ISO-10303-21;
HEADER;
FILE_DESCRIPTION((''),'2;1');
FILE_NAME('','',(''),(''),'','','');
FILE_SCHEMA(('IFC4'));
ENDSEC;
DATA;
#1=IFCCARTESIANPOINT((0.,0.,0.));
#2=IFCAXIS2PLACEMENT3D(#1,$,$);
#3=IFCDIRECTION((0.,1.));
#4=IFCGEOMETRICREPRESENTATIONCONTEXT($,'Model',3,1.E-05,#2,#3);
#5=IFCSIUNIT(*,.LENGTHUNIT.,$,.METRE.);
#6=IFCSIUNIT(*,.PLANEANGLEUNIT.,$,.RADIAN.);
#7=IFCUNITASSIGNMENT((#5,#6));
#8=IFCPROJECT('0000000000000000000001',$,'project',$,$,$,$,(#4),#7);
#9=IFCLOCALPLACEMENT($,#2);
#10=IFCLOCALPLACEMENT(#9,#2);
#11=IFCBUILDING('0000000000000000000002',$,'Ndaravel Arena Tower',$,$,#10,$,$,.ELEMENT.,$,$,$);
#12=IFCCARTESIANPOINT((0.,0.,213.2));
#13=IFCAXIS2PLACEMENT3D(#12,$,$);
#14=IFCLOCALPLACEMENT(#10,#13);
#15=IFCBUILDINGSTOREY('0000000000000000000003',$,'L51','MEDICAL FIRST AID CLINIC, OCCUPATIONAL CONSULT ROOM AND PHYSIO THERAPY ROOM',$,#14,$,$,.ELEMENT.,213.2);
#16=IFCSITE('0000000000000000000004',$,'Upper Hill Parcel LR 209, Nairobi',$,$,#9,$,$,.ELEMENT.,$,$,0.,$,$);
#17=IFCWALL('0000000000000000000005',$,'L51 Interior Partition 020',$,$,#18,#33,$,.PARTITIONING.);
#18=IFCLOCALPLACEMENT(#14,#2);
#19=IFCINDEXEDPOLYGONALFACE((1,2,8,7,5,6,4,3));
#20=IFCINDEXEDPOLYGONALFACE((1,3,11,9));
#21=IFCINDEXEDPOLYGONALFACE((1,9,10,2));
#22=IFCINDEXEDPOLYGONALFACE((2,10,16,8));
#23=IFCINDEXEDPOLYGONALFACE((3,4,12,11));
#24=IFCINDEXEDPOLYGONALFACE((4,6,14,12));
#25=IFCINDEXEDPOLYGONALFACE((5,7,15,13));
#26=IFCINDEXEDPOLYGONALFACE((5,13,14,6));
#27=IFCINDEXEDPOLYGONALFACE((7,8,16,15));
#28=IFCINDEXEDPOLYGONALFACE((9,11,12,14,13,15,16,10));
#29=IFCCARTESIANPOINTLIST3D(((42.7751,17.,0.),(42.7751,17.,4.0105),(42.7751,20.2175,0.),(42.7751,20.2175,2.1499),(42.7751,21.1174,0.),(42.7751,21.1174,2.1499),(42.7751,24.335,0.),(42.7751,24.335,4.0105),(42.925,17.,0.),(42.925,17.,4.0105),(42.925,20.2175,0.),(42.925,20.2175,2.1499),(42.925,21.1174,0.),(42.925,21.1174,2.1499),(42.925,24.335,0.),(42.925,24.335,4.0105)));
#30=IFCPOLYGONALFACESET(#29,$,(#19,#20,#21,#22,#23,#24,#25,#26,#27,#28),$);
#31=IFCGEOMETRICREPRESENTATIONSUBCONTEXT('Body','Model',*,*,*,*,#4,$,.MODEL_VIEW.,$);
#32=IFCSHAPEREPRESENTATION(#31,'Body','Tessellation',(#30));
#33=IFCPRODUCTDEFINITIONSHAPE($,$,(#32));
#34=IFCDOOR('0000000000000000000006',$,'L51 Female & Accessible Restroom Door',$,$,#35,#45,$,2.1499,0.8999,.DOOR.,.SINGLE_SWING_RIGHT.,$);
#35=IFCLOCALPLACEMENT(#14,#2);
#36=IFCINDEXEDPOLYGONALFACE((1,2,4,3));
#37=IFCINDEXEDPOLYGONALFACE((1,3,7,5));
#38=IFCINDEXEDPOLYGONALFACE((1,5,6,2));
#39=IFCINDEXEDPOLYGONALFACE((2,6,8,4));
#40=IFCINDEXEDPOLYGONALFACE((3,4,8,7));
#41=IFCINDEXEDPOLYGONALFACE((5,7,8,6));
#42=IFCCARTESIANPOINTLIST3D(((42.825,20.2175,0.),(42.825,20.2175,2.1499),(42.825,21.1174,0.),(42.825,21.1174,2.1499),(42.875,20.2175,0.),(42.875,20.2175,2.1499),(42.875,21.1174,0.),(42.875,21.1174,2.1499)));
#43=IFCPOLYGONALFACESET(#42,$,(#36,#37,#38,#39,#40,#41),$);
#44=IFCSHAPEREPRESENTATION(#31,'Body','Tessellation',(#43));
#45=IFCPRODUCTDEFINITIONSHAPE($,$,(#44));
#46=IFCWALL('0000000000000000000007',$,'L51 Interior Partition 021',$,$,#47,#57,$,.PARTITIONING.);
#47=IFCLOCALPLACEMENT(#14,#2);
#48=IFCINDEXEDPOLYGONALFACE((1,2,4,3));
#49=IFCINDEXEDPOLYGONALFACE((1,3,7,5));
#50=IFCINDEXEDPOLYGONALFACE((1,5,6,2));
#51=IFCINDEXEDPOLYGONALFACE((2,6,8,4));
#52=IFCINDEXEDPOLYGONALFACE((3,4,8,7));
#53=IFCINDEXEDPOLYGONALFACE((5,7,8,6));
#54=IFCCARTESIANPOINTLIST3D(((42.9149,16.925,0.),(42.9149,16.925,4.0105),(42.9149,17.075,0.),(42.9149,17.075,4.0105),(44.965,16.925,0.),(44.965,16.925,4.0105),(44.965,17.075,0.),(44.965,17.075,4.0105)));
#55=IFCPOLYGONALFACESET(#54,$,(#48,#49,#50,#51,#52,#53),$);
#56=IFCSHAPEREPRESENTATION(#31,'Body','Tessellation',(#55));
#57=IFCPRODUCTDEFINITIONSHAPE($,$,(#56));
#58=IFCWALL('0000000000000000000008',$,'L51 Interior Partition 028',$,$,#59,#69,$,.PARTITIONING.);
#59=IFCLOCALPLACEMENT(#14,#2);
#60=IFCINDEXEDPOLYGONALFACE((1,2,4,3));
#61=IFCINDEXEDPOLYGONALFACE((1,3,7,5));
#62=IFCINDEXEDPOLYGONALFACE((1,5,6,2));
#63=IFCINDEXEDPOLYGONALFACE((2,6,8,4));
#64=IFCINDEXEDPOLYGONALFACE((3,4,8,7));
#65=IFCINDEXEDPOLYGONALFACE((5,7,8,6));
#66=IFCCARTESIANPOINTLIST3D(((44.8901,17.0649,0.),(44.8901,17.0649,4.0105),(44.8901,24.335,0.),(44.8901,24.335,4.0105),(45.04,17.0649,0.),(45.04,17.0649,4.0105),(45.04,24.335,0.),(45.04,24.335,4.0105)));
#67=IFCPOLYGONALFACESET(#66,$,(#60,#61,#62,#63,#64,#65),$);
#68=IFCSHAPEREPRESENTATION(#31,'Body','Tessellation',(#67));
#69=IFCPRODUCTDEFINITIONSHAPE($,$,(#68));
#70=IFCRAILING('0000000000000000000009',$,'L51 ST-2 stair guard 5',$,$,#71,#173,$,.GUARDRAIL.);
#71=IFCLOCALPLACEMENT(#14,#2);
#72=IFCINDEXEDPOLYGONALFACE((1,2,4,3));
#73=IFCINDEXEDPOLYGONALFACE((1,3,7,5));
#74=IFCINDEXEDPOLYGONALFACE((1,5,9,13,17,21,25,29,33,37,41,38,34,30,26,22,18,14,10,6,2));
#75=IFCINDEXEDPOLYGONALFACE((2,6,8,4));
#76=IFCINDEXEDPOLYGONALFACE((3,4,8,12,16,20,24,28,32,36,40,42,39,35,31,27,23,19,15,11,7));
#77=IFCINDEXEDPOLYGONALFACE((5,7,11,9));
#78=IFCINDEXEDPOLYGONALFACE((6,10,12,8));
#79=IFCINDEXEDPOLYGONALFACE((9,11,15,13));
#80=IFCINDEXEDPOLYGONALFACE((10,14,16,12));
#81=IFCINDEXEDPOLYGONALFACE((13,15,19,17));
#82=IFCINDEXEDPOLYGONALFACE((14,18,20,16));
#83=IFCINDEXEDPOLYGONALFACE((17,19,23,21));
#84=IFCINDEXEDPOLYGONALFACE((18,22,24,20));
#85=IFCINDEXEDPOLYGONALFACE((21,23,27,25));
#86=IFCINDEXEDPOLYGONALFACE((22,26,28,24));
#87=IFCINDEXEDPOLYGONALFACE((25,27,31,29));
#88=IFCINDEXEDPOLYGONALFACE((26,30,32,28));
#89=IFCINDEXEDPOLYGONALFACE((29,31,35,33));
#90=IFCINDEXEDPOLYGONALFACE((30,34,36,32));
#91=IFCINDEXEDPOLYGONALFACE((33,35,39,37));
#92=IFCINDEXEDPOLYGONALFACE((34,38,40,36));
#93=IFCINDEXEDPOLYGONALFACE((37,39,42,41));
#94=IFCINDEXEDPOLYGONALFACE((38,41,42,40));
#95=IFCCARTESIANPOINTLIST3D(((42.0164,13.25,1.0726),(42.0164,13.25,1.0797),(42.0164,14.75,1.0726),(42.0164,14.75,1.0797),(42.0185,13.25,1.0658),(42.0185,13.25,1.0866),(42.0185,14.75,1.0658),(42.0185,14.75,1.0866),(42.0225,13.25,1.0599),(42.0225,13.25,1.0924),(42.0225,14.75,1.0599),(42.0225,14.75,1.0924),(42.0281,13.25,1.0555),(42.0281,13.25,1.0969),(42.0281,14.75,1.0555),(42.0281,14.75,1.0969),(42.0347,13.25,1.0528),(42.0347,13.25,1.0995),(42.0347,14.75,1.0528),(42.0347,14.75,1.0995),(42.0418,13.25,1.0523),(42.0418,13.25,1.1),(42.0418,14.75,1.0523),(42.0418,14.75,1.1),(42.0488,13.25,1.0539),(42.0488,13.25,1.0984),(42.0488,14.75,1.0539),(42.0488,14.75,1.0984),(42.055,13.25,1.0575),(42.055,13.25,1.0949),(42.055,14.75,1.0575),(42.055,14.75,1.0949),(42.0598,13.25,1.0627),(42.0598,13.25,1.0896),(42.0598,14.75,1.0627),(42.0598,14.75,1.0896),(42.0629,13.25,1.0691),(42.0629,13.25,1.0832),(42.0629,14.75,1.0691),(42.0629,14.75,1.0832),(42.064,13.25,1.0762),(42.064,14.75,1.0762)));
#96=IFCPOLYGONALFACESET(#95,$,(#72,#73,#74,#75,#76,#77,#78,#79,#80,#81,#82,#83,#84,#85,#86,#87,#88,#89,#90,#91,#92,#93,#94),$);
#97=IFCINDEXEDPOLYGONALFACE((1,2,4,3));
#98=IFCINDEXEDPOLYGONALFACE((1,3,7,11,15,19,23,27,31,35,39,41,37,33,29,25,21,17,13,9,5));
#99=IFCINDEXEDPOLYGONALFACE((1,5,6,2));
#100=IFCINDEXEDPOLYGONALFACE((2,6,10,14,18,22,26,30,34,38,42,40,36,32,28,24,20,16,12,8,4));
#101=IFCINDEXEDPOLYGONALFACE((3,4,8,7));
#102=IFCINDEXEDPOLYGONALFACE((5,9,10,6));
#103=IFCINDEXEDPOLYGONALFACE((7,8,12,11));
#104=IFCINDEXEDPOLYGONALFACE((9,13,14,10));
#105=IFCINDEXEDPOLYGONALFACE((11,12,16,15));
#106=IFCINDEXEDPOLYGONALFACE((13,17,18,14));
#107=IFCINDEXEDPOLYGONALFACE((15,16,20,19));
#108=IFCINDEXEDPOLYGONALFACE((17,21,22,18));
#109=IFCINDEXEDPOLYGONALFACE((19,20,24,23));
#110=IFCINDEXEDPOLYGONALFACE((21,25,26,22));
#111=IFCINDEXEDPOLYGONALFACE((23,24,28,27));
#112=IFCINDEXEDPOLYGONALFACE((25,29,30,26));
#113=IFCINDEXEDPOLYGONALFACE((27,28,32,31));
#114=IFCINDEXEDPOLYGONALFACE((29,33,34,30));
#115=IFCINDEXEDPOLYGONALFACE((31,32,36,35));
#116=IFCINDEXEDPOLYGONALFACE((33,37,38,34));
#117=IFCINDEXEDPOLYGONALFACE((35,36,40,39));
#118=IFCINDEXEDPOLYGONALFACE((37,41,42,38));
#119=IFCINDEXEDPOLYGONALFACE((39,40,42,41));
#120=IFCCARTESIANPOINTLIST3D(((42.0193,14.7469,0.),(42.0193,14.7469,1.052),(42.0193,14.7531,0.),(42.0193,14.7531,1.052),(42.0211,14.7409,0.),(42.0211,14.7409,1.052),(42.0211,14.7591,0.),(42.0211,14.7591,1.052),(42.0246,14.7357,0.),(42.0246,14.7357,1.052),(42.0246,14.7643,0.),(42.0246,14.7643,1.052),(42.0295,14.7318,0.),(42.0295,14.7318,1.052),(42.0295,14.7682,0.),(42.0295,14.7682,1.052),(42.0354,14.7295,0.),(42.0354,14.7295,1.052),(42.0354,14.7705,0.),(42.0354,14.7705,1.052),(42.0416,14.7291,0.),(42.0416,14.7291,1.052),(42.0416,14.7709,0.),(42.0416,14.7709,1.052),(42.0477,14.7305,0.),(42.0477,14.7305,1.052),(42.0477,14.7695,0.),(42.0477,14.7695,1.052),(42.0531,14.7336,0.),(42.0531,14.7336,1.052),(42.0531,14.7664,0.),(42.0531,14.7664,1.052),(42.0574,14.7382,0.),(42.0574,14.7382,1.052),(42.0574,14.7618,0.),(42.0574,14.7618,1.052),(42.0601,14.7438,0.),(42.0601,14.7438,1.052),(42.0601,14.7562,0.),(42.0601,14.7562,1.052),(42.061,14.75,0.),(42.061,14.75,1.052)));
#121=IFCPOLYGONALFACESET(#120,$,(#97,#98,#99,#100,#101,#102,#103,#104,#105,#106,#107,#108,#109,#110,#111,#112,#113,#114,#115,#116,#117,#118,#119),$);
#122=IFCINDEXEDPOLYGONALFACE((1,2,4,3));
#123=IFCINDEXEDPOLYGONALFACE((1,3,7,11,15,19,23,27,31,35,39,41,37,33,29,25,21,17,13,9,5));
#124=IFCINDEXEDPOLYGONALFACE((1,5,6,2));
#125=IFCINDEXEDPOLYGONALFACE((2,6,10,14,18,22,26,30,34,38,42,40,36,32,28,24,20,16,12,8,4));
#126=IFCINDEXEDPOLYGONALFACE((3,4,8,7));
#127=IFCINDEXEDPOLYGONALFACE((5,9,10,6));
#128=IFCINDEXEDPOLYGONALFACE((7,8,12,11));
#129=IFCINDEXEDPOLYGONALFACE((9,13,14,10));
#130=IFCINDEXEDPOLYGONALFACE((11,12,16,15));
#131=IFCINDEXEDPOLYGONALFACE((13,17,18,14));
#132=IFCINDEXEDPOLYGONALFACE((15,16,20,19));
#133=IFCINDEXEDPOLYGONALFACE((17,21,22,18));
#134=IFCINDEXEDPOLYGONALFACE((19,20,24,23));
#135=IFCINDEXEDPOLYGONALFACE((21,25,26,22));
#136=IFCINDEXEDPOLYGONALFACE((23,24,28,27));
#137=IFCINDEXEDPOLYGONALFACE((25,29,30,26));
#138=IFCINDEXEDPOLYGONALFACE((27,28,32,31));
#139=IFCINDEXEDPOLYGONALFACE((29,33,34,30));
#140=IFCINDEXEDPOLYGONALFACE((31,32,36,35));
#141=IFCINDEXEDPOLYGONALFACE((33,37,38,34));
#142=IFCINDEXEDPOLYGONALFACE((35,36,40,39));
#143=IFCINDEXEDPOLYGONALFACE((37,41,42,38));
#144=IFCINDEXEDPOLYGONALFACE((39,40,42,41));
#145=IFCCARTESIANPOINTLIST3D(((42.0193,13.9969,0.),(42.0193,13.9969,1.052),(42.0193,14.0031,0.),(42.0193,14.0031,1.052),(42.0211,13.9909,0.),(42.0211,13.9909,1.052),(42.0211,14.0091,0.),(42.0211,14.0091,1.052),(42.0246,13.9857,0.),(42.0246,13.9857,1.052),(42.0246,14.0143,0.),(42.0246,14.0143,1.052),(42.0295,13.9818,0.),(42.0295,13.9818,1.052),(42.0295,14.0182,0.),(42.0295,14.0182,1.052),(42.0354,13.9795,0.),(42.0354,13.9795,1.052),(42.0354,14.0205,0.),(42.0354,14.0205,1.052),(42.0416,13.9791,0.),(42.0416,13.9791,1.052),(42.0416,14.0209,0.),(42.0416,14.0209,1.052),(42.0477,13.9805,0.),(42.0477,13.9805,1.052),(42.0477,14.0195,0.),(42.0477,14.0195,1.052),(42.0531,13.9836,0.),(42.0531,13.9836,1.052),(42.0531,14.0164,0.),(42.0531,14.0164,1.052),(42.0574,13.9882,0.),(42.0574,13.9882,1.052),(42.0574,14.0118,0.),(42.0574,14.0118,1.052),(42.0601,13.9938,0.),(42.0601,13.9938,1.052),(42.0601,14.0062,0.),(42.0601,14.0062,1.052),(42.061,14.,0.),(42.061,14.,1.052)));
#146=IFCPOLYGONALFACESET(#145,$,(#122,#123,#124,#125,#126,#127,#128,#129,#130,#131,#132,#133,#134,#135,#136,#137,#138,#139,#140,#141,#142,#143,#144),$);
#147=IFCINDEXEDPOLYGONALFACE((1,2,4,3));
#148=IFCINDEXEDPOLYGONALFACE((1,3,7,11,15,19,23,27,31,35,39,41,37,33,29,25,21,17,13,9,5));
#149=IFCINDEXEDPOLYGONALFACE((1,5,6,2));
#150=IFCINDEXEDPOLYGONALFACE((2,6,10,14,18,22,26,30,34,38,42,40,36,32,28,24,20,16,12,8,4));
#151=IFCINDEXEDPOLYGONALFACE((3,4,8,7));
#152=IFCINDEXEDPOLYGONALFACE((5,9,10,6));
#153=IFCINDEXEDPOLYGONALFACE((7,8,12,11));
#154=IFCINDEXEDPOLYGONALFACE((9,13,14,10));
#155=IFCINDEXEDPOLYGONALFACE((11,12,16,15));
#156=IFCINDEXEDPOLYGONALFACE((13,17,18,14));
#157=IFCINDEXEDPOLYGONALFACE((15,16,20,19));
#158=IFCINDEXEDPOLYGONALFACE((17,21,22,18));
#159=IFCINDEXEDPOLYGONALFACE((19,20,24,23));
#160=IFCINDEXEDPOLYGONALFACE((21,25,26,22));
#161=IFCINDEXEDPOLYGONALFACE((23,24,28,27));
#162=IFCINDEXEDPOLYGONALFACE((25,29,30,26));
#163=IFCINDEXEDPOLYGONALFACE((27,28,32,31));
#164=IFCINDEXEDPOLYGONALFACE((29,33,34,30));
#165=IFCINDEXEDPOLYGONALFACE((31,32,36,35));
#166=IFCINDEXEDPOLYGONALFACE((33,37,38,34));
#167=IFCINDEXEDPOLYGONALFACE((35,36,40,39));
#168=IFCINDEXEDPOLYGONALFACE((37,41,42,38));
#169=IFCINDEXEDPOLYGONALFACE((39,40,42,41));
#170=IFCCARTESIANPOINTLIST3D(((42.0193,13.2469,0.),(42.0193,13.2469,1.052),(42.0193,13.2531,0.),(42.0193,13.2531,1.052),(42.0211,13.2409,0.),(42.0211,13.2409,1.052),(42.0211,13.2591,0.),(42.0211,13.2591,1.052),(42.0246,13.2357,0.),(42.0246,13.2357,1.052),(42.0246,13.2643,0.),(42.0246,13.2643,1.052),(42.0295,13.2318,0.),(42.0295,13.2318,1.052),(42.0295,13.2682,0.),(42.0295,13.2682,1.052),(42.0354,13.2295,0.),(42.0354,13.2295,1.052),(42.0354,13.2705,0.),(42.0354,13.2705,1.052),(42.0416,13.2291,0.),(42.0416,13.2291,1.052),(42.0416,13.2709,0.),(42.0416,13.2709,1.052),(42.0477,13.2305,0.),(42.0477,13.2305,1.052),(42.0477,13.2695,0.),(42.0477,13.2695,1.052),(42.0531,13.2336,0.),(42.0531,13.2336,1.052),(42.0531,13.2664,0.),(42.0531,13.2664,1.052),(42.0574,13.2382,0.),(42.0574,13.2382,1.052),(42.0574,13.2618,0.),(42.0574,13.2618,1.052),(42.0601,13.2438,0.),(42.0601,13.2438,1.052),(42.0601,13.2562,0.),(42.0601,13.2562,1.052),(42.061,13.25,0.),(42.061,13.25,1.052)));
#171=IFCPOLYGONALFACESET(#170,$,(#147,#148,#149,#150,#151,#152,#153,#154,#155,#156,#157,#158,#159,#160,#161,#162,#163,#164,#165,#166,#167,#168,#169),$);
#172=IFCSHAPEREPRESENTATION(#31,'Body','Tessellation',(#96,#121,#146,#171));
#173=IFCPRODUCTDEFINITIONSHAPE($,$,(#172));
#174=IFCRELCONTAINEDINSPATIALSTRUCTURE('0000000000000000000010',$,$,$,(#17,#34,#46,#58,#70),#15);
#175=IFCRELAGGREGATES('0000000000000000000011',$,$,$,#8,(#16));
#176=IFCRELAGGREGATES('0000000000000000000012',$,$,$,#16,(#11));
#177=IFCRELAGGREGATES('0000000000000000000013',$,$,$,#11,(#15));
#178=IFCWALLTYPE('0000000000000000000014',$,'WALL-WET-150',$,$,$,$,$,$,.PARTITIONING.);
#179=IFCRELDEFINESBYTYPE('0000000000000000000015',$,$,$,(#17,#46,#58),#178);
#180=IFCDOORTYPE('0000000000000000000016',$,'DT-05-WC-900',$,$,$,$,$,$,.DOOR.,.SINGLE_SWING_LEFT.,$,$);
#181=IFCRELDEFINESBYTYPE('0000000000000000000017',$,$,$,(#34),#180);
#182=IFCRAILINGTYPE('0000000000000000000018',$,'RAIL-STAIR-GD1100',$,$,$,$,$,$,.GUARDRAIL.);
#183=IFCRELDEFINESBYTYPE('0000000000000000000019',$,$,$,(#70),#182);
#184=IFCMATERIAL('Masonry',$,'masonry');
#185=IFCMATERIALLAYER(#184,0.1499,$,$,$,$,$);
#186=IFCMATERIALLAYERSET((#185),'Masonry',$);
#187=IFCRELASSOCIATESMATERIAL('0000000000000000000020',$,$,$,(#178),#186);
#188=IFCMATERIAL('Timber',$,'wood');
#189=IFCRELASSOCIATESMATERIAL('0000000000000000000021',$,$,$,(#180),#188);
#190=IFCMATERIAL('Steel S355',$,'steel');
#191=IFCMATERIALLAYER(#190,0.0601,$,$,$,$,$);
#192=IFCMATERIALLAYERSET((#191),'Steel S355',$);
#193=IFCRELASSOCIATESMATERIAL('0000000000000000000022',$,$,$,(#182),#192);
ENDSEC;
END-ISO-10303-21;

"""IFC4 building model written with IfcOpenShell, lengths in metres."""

from ifc_helpers import new_model, si_unit, direction, frame, frame_2d, origin, origin_2d, place, context, subcontext, project, spatial, rectangle, circle, extrude, material, layer, layer_set, type_object, element, fill, save


model = new_model("IFC4")

# Units and contexts
model_context = context("Model", 3, precision=1e-05, world=origin(), true_north=direction((0.0, 1.0)))
body_context = subcontext(model_context, "Body", "Model", "MODEL_VIEW")
ifc_project = project(units=[si_unit("LENGTHUNIT", "METRE"), si_unit("PLANEANGLEUNIT", "RADIAN")], contexts=[model_context])

# Site, building, storey
site_placement = place(None, origin())
site = spatial("IfcSite", under=ifc_project, at=site_placement, Name="Upper Hill Parcel LR 209, Nairobi", CompositionType="ELEMENT", RefElevation=0.0)
building_placement = place(site_placement, origin())
building = spatial("IfcBuilding", under=site, at=building_placement, Name="Ndaravel Arena Tower", CompositionType="ELEMENT")
storey_placement = place(building_placement, frame((0.0, 0.0, 213.2)))
storey = spatial("IfcBuildingStorey", under=building, at=storey_placement, Name="L51", Description="MEDICAL FIRST AID CLINIC, OCCUPATIONAL CONSULT ROOM AND PHYSIO THERAPY ROOM", CompositionType="ELEMENT", Elevation=213.2)

# Shared definitions
ifc_material_1 = material(Name="Masonry", Category="masonry")
ifc_layer_1 = layer(ifc_material_1, 0.1499)
ifc_layer_set_1 = layer_set([ifc_layer_1], Name="Masonry")
wall_type_1 = type_object("IfcWallType", Name="WALL-WET-150", PredefinedType="PARTITIONING", material=ifc_layer_set_1)

# Wall, opening, door
wall_1_placement = place(storey_placement, frame((42.8501, 24.335, 0.0), z_axis=(0.0, 0.0, 1.0), x_axis=(0.0, -1.0, 0.0)))
wall_1 = element("IfcWall", 1, at=wall_1_placement, inside=storey, type_object=wall_type_1, Name="L51 Interior Partition 020", PredefinedType="PARTITIONING", context=body_context, shape_type="SweptSolid", body=[
    extrude(rectangle(XDim=7.335, YDim=0.1499, at=frame_2d((3.6675, 0.0))), origin(), (0.0, 0.0, 1.0), 4.0105),
])
opening_1_placement = place(wall_1_placement, frame((3.2175, 0.0, 0.0)))
opening_1 = element("IfcOpeningElement", 2, at=opening_1_placement, cuts=wall_1, PredefinedType="OPENING", context=body_context, shape_type="SweptSolid", body=[
    extrude(rectangle(XDim=0.8999, YDim=2.1499, at=frame_2d((0.45, 1.075))), frame((0.0, 0.075, 0.0), z_axis=(0.0, -1.0, 0.0), x_axis=(1.0, 0.0, 0.0)), (0.0, 0.0, 1.0), 0.1499),
])
ifc_material_2 = material(Name="Timber", Category="wood")
door_type_1 = type_object("IfcDoorType", Name="DT-05-WC-900", OperationType="SINGLE_SWING_LEFT", PredefinedType="DOOR", material=ifc_material_2)
door_1_placement = place(opening_1_placement, origin())
door_1 = element("IfcDoor", 3, at=door_1_placement, inside=storey, type_object=door_type_1, Name="L51 Female & Accessible Restroom Door", OperationType="SINGLE_SWING_RIGHT", OverallHeight=2.1499, OverallWidth=0.8999, PredefinedType="DOOR", context=body_context, shape_type="SweptSolid", body=[
    extrude(rectangle(XDim=0.8999, YDim=2.1499, at=frame_2d((0.45, 1.075))), frame((0.0, 0.0249, 0.0), z_axis=(0.0, -1.0, 0.0), x_axis=(1.0, 0.0, 0.0)), (0.0, 0.0, 1.0), 0.05),
])
fill(opening_1, door_1)

# Walls
wall_2_placement = place(storey_placement, frame((42.915, 17.0, 0.0), z_axis=(0.0, 0.0, 1.0), x_axis=(1.0, 0.0, 0.0)))
element("IfcWall", 4, at=wall_2_placement, inside=storey, type_object=wall_type_1, Name="L51 Interior Partition 021", PredefinedType="PARTITIONING", context=body_context, shape_type="SweptSolid", body=[
    extrude(rectangle(XDim=2.05, YDim=0.1499, at=frame_2d((1.0249, 0.0))), origin(), (0.0, 0.0, 1.0), 4.0105),
])
wall_3_placement = place(storey_placement, frame((44.9651, 24.335, 0.0), z_axis=(0.0, 0.0, 1.0), x_axis=(0.0, -1.0, 0.0)))
element("IfcWall", 5, at=wall_3_placement, inside=storey, type_object=wall_type_1, Name="L51 Interior Partition 028", PredefinedType="PARTITIONING", context=body_context, shape_type="SweptSolid", body=[
    extrude(rectangle(XDim=7.27, YDim=0.1499, at=frame_2d((3.635, 0.0))), origin(), (0.0, 0.0, 1.0), 4.0105),
])

# Railing
ifc_material_3 = material(Name="Steel S355", Category="steel")
ifc_layer_2 = layer(ifc_material_3, 0.0601)
ifc_layer_set_2 = layer_set([ifc_layer_2], Name="Steel S355")
railing_type = type_object("IfcRailingType", Name="RAIL-STAIR-GD1100", PredefinedType="GUARDRAIL", material=ifc_layer_set_2)
railing_1_placement = place(storey_placement, frame((42.04, 14.75, 0.0)))
element("IfcRailing", 6, at=railing_1_placement, inside=storey, type_object=railing_type, Name="L51 ST-2 stair guard 5", PredefinedType="GUARDRAIL", context=body_context, shape_type="SweptSolid", body=[
    extrude(circle(Radius=0.0239, at=origin_2d()), frame((0.0, 0.0, 1.0762), z_axis=(0.0, -1.0, 0.0), x_axis=(1.0, 0.0, 0.0)), (0.0, 0.0, 1.0), 1.5),
    extrude(circle(Radius=0.021, at=origin_2d()), origin(), (0.0, 0.0, 1.0), 1.052),
    extrude(circle(Radius=0.021, at=origin_2d()), frame((0.0, -0.75, 0.0)), (0.0, 0.0, 1.0), 1.052),
    extrude(circle(Radius=0.021, at=origin_2d()), frame((0.0, -1.5, 0.0)), (0.0, 0.0, 1.0), 1.052),
])

save(model, "model.ifc")
